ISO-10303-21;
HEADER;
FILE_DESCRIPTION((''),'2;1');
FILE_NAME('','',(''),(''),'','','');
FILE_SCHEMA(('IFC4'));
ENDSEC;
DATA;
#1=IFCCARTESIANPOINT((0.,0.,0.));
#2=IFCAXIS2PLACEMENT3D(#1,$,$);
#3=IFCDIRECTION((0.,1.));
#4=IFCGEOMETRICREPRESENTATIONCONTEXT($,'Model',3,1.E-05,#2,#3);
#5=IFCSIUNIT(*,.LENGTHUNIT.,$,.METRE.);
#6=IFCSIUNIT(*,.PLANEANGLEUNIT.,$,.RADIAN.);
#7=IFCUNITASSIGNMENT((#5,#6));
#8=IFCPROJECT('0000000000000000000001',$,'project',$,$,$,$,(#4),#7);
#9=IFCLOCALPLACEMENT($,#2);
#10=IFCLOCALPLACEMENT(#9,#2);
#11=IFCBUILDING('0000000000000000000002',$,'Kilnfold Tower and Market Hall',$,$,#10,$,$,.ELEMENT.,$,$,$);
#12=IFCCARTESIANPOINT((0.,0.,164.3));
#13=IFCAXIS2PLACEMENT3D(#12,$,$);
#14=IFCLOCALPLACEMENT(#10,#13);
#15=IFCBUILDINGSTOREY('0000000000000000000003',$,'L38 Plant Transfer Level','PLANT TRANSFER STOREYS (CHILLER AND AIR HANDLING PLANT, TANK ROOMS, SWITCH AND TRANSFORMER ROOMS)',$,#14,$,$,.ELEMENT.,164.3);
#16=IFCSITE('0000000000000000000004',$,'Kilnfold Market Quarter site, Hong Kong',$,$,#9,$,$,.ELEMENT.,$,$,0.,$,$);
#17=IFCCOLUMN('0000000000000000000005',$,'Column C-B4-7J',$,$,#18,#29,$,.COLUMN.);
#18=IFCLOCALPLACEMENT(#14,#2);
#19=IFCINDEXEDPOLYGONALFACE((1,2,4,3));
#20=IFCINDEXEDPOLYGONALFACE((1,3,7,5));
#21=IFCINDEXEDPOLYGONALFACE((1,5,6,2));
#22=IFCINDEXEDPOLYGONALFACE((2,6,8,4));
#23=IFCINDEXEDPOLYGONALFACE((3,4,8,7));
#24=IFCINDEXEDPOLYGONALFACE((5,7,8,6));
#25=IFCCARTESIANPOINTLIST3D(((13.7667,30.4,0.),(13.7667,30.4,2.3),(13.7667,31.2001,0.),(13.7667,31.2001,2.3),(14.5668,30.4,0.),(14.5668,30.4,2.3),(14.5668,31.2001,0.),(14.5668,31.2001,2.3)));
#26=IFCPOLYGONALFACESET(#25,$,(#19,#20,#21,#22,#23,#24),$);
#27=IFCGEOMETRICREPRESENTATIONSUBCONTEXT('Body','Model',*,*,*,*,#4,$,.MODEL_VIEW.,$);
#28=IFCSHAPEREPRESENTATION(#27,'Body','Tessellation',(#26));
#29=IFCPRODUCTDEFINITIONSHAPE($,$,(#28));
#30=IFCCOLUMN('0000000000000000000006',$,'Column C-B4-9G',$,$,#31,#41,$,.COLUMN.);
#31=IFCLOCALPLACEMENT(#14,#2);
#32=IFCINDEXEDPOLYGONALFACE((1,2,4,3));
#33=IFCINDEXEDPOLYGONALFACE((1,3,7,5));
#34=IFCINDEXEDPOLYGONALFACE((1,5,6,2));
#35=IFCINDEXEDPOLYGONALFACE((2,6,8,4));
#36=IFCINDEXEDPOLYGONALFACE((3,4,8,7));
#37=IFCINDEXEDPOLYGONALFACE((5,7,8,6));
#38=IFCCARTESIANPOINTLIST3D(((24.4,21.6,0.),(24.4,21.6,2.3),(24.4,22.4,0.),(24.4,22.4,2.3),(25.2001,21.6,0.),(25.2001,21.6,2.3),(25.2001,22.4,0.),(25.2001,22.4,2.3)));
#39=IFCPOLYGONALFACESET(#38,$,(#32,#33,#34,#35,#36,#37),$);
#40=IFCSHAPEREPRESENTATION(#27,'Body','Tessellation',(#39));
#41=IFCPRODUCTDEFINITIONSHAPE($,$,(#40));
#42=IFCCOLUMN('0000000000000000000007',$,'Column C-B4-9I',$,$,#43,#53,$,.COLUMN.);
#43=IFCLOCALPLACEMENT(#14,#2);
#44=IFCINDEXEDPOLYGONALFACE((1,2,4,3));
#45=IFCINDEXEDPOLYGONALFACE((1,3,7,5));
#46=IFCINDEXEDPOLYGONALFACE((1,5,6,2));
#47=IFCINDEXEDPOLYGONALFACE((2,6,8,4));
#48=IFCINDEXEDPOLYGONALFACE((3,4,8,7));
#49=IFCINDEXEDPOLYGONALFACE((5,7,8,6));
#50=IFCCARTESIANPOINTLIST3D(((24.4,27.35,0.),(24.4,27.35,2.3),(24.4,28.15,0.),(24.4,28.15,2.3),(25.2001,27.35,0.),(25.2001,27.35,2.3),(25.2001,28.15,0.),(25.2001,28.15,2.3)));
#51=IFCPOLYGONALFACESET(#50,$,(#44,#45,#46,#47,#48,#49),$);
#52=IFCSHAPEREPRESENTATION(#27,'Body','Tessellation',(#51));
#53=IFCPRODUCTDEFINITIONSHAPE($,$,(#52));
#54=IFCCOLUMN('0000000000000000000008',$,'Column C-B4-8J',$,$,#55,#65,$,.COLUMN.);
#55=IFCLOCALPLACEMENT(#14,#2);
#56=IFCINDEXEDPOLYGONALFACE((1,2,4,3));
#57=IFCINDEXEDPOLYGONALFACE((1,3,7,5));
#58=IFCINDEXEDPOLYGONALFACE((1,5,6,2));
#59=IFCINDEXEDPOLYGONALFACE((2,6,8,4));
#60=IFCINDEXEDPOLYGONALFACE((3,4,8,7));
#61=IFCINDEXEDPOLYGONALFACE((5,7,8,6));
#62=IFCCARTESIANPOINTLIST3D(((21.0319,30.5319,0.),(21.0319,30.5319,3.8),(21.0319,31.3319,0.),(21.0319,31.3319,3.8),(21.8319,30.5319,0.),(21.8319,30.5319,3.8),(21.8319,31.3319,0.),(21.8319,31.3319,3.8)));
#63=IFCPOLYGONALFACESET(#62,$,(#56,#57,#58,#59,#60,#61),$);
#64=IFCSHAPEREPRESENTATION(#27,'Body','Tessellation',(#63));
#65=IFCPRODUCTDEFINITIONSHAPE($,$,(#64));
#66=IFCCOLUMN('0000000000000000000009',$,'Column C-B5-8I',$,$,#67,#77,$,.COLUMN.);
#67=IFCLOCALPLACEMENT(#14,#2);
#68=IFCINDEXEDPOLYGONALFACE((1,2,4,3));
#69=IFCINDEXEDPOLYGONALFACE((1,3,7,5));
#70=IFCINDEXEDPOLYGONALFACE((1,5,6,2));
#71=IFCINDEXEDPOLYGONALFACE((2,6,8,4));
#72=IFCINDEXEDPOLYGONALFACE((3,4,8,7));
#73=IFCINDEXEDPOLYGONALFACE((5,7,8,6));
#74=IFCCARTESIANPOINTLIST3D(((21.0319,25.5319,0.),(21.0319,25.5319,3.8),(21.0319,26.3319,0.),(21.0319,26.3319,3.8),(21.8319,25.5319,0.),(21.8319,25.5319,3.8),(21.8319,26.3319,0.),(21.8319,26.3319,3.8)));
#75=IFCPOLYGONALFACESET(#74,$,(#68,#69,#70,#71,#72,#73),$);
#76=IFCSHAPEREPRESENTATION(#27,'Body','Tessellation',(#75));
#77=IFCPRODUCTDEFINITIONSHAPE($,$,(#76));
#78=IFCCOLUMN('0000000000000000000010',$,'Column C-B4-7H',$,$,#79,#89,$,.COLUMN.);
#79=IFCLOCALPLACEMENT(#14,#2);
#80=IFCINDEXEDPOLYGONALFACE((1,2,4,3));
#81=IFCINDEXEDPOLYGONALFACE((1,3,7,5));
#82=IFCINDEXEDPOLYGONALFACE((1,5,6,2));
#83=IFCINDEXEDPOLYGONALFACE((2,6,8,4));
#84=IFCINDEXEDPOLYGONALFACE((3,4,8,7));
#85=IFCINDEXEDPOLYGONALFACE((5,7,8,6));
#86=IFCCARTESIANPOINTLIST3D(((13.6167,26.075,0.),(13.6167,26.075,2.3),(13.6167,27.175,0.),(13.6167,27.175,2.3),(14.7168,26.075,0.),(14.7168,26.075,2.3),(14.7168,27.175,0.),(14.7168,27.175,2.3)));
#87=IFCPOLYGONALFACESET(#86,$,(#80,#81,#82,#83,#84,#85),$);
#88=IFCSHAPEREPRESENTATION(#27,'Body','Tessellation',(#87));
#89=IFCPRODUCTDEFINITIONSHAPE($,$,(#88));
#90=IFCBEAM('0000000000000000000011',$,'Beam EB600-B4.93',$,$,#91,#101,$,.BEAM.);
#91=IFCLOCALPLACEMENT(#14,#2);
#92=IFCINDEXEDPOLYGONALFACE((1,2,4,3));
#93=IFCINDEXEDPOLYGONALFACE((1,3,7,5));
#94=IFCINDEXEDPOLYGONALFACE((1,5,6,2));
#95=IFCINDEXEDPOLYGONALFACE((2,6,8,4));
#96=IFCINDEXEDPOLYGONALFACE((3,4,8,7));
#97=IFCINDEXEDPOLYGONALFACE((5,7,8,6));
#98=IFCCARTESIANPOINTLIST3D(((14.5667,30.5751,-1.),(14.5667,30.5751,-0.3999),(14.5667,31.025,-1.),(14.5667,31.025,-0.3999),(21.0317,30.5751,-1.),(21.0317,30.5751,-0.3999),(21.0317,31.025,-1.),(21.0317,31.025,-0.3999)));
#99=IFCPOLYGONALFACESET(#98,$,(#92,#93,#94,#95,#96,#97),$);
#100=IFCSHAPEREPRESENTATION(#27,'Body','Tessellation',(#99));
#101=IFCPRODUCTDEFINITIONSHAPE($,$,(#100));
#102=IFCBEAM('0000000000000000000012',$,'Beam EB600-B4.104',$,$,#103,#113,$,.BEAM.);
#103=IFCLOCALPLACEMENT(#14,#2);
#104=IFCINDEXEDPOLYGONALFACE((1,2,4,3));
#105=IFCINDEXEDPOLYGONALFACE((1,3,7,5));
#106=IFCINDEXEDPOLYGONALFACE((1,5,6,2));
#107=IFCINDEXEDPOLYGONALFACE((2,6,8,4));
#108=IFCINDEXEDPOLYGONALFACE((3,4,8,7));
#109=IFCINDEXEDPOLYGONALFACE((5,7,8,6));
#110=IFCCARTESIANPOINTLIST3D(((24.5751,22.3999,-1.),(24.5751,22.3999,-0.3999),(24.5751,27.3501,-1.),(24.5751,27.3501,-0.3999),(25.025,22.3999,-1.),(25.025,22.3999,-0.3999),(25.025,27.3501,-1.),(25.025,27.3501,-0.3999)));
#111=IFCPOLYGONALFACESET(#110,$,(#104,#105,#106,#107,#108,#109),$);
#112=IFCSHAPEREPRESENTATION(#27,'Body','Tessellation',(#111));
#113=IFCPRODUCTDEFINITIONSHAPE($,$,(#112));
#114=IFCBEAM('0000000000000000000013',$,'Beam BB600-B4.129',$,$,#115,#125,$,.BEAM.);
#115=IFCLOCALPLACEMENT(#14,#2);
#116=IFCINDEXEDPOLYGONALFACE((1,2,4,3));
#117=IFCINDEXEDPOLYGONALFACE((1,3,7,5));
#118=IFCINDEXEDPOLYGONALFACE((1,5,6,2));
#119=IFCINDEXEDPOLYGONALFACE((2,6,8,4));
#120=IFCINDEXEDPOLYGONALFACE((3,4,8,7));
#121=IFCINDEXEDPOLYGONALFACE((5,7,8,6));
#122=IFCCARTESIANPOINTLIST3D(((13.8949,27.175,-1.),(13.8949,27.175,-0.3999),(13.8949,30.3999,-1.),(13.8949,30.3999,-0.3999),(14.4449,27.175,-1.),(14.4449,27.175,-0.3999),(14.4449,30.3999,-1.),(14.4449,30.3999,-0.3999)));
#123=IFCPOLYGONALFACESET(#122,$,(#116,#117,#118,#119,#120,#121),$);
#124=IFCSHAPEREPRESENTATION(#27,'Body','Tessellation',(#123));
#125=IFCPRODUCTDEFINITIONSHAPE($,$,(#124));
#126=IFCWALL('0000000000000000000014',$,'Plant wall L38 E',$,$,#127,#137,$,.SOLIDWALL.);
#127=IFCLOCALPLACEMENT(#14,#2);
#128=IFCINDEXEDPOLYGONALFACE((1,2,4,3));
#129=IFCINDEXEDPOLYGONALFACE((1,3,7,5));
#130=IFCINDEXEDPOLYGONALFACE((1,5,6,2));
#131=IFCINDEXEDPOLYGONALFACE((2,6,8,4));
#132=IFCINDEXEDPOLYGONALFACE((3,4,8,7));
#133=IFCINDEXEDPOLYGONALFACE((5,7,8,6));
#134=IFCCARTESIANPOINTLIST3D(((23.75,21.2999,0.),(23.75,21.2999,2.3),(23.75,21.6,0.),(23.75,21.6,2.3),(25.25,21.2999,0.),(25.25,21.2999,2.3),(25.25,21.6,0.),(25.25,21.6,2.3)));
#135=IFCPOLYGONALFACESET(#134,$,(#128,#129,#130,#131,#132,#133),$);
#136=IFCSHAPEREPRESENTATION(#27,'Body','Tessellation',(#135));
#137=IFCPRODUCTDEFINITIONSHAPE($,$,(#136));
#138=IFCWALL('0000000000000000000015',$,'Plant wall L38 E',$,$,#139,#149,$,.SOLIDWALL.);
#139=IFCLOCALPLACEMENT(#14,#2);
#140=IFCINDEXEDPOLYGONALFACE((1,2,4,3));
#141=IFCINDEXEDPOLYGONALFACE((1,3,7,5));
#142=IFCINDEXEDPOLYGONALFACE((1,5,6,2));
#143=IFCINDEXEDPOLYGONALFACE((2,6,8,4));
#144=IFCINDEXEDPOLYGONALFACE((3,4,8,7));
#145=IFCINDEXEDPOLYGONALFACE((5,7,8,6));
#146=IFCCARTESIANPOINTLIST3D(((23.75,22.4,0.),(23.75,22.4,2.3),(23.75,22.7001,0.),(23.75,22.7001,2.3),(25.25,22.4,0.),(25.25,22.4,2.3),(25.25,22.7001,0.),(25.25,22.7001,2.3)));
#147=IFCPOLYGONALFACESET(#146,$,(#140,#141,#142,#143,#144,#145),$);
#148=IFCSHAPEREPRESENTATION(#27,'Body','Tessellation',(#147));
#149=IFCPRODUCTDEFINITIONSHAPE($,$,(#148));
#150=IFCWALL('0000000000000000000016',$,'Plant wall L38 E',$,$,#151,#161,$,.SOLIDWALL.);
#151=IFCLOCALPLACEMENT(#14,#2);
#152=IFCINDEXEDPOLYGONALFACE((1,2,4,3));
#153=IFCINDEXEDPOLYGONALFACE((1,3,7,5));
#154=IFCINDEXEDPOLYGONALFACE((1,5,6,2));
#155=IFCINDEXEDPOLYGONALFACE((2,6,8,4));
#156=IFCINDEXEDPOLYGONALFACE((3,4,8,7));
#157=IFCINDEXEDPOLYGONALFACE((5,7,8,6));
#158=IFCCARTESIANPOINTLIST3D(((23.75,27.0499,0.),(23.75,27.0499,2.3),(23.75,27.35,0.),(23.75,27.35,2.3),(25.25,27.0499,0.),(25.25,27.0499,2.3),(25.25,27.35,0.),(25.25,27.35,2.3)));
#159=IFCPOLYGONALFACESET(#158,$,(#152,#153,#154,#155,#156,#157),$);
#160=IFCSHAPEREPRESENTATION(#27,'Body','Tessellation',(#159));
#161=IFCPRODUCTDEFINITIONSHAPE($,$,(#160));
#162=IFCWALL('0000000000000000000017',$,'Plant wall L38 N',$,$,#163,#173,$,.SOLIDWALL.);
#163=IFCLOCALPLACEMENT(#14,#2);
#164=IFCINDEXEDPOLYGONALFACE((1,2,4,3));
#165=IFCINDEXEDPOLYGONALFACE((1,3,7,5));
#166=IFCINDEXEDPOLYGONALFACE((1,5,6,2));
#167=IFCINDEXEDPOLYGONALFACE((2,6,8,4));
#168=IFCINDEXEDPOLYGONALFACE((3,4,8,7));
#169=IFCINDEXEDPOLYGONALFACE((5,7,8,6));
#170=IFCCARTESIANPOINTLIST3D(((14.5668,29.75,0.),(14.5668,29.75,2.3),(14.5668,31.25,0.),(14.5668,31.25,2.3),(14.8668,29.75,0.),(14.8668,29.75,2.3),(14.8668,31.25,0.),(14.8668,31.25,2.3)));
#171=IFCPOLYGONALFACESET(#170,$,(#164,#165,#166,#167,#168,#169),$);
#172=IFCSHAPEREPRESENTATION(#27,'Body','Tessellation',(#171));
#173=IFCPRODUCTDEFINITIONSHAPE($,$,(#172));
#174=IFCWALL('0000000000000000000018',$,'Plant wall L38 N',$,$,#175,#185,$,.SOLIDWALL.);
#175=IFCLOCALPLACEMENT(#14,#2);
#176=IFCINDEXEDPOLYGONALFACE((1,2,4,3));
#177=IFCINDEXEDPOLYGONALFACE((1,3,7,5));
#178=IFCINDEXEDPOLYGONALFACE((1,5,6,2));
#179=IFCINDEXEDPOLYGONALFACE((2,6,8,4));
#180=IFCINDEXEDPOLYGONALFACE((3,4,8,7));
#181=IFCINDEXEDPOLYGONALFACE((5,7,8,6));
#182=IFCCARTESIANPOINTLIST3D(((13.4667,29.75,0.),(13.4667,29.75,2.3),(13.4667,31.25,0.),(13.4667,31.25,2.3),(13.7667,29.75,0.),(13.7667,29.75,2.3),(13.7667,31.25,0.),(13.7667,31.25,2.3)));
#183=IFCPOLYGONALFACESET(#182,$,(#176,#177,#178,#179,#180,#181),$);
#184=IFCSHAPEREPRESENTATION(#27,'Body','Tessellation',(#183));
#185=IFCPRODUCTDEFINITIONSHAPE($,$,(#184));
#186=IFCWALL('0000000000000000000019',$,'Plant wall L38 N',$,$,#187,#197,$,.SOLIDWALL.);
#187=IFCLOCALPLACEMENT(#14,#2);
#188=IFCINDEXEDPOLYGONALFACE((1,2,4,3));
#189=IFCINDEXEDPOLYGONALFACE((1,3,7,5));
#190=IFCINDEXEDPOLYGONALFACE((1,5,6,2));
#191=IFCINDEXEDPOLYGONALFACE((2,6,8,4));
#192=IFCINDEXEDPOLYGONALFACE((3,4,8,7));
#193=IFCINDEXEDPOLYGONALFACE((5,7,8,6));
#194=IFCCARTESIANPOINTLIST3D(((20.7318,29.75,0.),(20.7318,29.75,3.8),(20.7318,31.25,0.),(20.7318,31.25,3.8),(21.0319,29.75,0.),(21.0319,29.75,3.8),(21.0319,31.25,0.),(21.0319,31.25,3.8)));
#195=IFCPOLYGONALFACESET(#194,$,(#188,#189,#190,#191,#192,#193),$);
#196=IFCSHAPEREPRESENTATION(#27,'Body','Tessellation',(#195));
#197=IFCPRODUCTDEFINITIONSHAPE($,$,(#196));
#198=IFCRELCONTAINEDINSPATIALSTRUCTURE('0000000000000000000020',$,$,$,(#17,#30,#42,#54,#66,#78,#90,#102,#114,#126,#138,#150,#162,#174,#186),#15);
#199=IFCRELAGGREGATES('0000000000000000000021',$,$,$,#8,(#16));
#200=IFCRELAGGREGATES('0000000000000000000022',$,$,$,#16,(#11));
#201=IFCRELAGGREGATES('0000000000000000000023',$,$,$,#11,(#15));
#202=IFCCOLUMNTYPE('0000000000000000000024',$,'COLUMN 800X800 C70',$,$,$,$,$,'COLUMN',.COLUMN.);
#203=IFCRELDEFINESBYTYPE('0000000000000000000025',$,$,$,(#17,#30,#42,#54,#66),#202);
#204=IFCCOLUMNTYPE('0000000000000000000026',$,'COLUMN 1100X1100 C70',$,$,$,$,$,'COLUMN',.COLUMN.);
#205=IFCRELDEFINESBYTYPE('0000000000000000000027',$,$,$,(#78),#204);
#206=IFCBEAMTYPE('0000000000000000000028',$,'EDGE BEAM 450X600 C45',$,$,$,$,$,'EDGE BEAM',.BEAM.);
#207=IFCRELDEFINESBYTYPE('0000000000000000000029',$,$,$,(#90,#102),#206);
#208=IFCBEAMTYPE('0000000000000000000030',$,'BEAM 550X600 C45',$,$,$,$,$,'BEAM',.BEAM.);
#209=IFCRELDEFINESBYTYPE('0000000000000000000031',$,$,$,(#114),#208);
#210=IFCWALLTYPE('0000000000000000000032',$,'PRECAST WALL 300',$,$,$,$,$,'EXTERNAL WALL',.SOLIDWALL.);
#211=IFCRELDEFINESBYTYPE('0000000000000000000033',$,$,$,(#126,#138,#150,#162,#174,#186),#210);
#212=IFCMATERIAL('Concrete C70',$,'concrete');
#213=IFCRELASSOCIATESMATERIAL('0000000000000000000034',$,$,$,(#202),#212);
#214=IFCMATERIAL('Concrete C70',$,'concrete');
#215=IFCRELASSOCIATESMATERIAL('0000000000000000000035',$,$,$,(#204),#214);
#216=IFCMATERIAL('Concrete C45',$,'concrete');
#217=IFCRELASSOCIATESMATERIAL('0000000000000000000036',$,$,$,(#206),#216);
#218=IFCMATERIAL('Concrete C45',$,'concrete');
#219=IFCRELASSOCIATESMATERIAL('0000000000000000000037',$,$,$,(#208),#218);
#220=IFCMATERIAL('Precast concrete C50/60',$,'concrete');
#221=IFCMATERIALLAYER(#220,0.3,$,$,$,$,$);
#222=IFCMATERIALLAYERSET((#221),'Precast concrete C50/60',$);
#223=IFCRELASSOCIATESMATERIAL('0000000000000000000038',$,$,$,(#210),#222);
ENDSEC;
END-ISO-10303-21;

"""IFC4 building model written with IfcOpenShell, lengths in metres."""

from ifc_helpers import new_model, si_unit, direction, frame, frame_2d, origin, origin_2d, place, context, subcontext, project, spatial, rectangle, extrude, source, transform, mapped, material, layer, layer_set, material_profile, profile_set, type_object, element, save


model = new_model("IFC4")

# Units and contexts
model_context = context("Model", 3, precision=1e-05, world=origin(), true_north=direction((0.0, 1.0)))
body_context = subcontext(model_context, "Body", "Model", "MODEL_VIEW")
ifc_project = project(units=[si_unit("LENGTHUNIT", "METRE"), si_unit("PLANEANGLEUNIT", "RADIAN")], contexts=[model_context])

# Site, building, storey
site_placement = place(None, origin())
site = spatial("IfcSite", under=ifc_project, at=site_placement, Name="Kilnfold Market Quarter site, Hong Kong", CompositionType="ELEMENT", RefElevation=0.0)
building_placement = place(site_placement, origin())
building = spatial("IfcBuilding", under=site, at=building_placement, Name="Kilnfold Tower and Market Hall", CompositionType="ELEMENT")
storey_placement = place(building_placement, frame((0.0, 0.0, 164.3)))
storey = spatial("IfcBuildingStorey", under=building, at=storey_placement, Name="L38 Plant Transfer Level", Description="PLANT TRANSFER STOREYS (CHILLER AND AIR HANDLING PLANT, TANK ROOMS, SWITCH AND TRANSFORMER ROOMS)", CompositionType="ELEMENT", Elevation=164.3)

# Columns
ifc_material_1 = material(Name="Concrete C70", Category="concrete")
ifc_material_profile_1 = material_profile(ifc_material_1, rectangle(XDim=0.8, YDim=0.8, at=origin_2d()), Name="RC 800x800")
ifc_profile_set_1 = profile_set([ifc_material_profile_1], Name="Concrete C70")
column_type_1 = type_object("IfcColumnType", Name="COLUMN 800X800 C70", ElementType="COLUMN", PredefinedType="COLUMN", material=ifc_profile_set_1)
shared_shape_1 = source(origin(), body_context, "Body", "SweptSolid", [
    extrude(rectangle(XDim=0.8, YDim=0.8, at=origin_2d()), origin(), (0.0, 0.0, 1.0), 2.3),
])
for number, where, z_axis, x_axis, name in (
    (1, (14.1667, 30.8, 0.0), (0.0, 0.0, 1.0), (1.0, 0.0, 0.0), "Column C-B4-7J"),
    (2, (24.8, 22.0, 0.0), (0.0, 0.0, 1.0), (1.0, 0.0, 0.0), "Column C-B4-9G"),
    (3, (24.8, 27.75, 0.0), (0.0, 0.0, 1.0), (1.0, 0.0, 0.0), "Column C-B4-9I"),
):
    element("IfcColumn", number, at=place(storey_placement, frame(where, z_axis=z_axis, x_axis=x_axis)), inside=storey, type_object=column_type_1, Name=name, PredefinedType="COLUMN", context=body_context, shape_type="MappedRepresentation", body=[
        mapped(shared_shape_1, transform((0.0, 0.0, 0.0))),
    ])
shared_shape_2 = source(origin(), body_context, "Body", "SweptSolid", [
    extrude(rectangle(XDim=0.8, YDim=0.8, at=origin_2d()), origin(), (0.0, 0.0, 1.0), 3.8),
])
for number, where, z_axis, x_axis, name in (
    (4, (21.4319, 30.9319, 0.0), (0.0, 0.0, 1.0), (1.0, 0.0, 0.0), "Column C-B4-8J"),
    (5, (21.4319, 25.9319, 0.0), (0.0, 0.0, 1.0), (1.0, 0.0, 0.0), "Column C-B5-8I"),
):
    element("IfcColumn", number, at=place(storey_placement, frame(where, z_axis=z_axis, x_axis=x_axis)), inside=storey, type_object=column_type_1, Name=name, PredefinedType="COLUMN", context=body_context, shape_type="MappedRepresentation", body=[
        mapped(shared_shape_2, transform((0.0, 0.0, 0.0))),
    ])
ifc_material_2 = material(Name="Concrete C70", Category="concrete")
ifc_material_profile_2 = material_profile(ifc_material_2, rectangle(XDim=1.1001, YDim=1.1001, at=origin_2d()), Name="RC 1100x1100")
ifc_profile_set_2 = profile_set([ifc_material_profile_2], Name="Concrete C70")
column_type_2 = type_object("IfcColumnType", Name="COLUMN 1100X1100 C70", ElementType="COLUMN", PredefinedType="COLUMN", material=ifc_profile_set_2)
shared_shape_3 = source(origin(), body_context, "Body", "SweptSolid", [
    extrude(rectangle(XDim=1.1001, YDim=1.1001, at=origin_2d()), origin(), (0.0, 0.0, 1.0), 2.3),
])
column_placement = place(storey_placement, frame((14.1667, 26.625, 0.0), z_axis=(0.0, 0.0, 1.0), x_axis=(1.0, 0.0, 0.0)))
element("IfcColumn", 6, at=column_placement, inside=storey, type_object=column_type_2, Name="Column C-B4-7H", PredefinedType="COLUMN", context=body_context, shape_type="MappedRepresentation", body=[
    mapped(shared_shape_3, transform((0.0, 0.0, 0.0))),
])

# Beams
ifc_material_3 = material(Name="Concrete C45", Category="concrete")
ifc_material_profile_3 = material_profile(ifc_material_3, rectangle(XDim=0.45, YDim=0.6001, at=origin_2d()), Name="RC 450x600")
ifc_profile_set_3 = profile_set([ifc_material_profile_3], Name="Concrete C45")
beam_type_1 = type_object("IfcBeamType", Name="EDGE BEAM 450X600 C45", ElementType="EDGE BEAM", PredefinedType="BEAM", material=ifc_profile_set_3)
shared_shape_4 = source(origin(), body_context, "Body", "SweptSolid", [
    extrude(rectangle(XDim=0.45, YDim=0.6001, at=origin_2d()), origin(), (0.0, 0.0, 1.0), 6.4651),
])
beam_1_placement = place(storey_placement, frame((14.5667, 30.8, -0.7), z_axis=(1.0, 0.0, 0.0), x_axis=(0.0, 1.0, 0.0)))
element("IfcBeam", 7, at=beam_1_placement, inside=storey, type_object=beam_type_1, Name="Beam EB600-B4.93", PredefinedType="BEAM", context=body_context, shape_type="MappedRepresentation", body=[
    mapped(shared_shape_4, transform((0.0, 0.0, 0.0))),
])
shared_shape_5 = source(origin(), body_context, "Body", "SweptSolid", [
    extrude(rectangle(XDim=0.45, YDim=0.6001, at=origin_2d()), origin(), (0.0, 0.0, 1.0), 4.9502),
])
beam_2_placement = place(storey_placement, frame((24.8, 22.3999, -0.7), z_axis=(0.0, 1.0, 0.0), x_axis=(-1.0, 0.0, 0.0)))
element("IfcBeam", 8, at=beam_2_placement, inside=storey, type_object=beam_type_1, Name="Beam EB600-B4.104", PredefinedType="BEAM", context=body_context, shape_type="MappedRepresentation", body=[
    mapped(shared_shape_5, transform((0.0, 0.0, 0.0))),
])
ifc_material_4 = material(Name="Concrete C45", Category="concrete")
ifc_material_profile_4 = material_profile(ifc_material_4, rectangle(XDim=0.55, YDim=0.6001, at=origin_2d()), Name="RC 550x600")
ifc_profile_set_4 = profile_set([ifc_material_profile_4], Name="Concrete C45")
beam_type_2 = type_object("IfcBeamType", Name="BEAM 550X600 C45", ElementType="BEAM", PredefinedType="BEAM", material=ifc_profile_set_4)
shared_shape_6 = source(origin(), body_context, "Body", "SweptSolid", [
    extrude(rectangle(XDim=0.55, YDim=0.6001, at=origin_2d()), origin(), (0.0, 0.0, 1.0), 3.2249),
])
beam_3_placement = place(storey_placement, frame((14.1699, 27.175, -0.7), z_axis=(0.0, 1.0, 0.0), x_axis=(-1.0, 0.0, 0.0)))
element("IfcBeam", 9, at=beam_3_placement, inside=storey, type_object=beam_type_2, Name="Beam BB600-B4.129", PredefinedType="BEAM", context=body_context, shape_type="MappedRepresentation", body=[
    mapped(shared_shape_6, transform((0.0, 0.0, 0.0))),
])

# Walls
ifc_material_5 = material(Name="Precast concrete C50/60", Category="concrete")
ifc_layer_1 = layer(ifc_material_5, 0.3)
ifc_layer_set_1 = layer_set([ifc_layer_1], Name="Precast concrete C50/60")
wall_type = type_object("IfcWallType", Name="PRECAST WALL 300", ElementType="EXTERNAL WALL", PredefinedType="SOLIDWALL", material=ifc_layer_set_1)
shared_shape_7 = source(origin(), body_context, "Body", "SweptSolid", [
    extrude(rectangle(XDim=1.5, YDim=0.3, at=frame_2d((0.75, 0.0))), origin(), (0.0, 0.0, 1.0), 2.3),
])
for number, where, z_axis, x_axis, name in (
    (10, (25.25, 21.45, 0.0), (0.0, 0.0, 1.0), (-1.0, 0.0, 0.0), "Plant wall L38 E"),
    (11, (25.25, 22.55, 0.0), (0.0, 0.0, 1.0), (-1.0, 0.0, 0.0), "Plant wall L38 E"),
    (12, (25.25, 27.2, 0.0), (0.0, 0.0, 1.0), (-1.0, 0.0, 0.0), "Plant wall L38 E"),
    (13, (14.7168, 31.25, 0.0), (0.0, 0.0, 1.0), (0.0, -1.0, 0.0), "Plant wall L38 N"),
    (14, (13.6167, 31.25, 0.0), (0.0, 0.0, 1.0), (0.0, -1.0, 0.0), "Plant wall L38 N"),
):
    element("IfcWall", number, at=place(storey_placement, frame(where, z_axis=z_axis, x_axis=x_axis)), inside=storey, type_object=wall_type, Name=name, PredefinedType="SOLIDWALL", context=body_context, shape_type="MappedRepresentation", body=[
        mapped(shared_shape_7, transform((0.0, 0.0, 0.0))),
    ])
shared_shape_8 = source(origin(), body_context, "Body", "SweptSolid", [
    extrude(rectangle(XDim=1.5, YDim=0.3, at=frame_2d((0.75, 0.0))), origin(), (0.0, 0.0, 1.0), 3.8),
])
wall_1_placement = place(storey_placement, frame((20.8818, 31.25, 0.0), z_axis=(0.0, 0.0, 1.0), x_axis=(0.0, -1.0, 0.0)))
element("IfcWall", 15, at=wall_1_placement, inside=storey, type_object=wall_type, Name="Plant wall L38 N", PredefinedType="SOLIDWALL", context=body_context, shape_type="MappedRepresentation", body=[
    mapped(shared_shape_8, transform((0.0, 0.0, 0.0))),
])

save(model, "model.ifc")
